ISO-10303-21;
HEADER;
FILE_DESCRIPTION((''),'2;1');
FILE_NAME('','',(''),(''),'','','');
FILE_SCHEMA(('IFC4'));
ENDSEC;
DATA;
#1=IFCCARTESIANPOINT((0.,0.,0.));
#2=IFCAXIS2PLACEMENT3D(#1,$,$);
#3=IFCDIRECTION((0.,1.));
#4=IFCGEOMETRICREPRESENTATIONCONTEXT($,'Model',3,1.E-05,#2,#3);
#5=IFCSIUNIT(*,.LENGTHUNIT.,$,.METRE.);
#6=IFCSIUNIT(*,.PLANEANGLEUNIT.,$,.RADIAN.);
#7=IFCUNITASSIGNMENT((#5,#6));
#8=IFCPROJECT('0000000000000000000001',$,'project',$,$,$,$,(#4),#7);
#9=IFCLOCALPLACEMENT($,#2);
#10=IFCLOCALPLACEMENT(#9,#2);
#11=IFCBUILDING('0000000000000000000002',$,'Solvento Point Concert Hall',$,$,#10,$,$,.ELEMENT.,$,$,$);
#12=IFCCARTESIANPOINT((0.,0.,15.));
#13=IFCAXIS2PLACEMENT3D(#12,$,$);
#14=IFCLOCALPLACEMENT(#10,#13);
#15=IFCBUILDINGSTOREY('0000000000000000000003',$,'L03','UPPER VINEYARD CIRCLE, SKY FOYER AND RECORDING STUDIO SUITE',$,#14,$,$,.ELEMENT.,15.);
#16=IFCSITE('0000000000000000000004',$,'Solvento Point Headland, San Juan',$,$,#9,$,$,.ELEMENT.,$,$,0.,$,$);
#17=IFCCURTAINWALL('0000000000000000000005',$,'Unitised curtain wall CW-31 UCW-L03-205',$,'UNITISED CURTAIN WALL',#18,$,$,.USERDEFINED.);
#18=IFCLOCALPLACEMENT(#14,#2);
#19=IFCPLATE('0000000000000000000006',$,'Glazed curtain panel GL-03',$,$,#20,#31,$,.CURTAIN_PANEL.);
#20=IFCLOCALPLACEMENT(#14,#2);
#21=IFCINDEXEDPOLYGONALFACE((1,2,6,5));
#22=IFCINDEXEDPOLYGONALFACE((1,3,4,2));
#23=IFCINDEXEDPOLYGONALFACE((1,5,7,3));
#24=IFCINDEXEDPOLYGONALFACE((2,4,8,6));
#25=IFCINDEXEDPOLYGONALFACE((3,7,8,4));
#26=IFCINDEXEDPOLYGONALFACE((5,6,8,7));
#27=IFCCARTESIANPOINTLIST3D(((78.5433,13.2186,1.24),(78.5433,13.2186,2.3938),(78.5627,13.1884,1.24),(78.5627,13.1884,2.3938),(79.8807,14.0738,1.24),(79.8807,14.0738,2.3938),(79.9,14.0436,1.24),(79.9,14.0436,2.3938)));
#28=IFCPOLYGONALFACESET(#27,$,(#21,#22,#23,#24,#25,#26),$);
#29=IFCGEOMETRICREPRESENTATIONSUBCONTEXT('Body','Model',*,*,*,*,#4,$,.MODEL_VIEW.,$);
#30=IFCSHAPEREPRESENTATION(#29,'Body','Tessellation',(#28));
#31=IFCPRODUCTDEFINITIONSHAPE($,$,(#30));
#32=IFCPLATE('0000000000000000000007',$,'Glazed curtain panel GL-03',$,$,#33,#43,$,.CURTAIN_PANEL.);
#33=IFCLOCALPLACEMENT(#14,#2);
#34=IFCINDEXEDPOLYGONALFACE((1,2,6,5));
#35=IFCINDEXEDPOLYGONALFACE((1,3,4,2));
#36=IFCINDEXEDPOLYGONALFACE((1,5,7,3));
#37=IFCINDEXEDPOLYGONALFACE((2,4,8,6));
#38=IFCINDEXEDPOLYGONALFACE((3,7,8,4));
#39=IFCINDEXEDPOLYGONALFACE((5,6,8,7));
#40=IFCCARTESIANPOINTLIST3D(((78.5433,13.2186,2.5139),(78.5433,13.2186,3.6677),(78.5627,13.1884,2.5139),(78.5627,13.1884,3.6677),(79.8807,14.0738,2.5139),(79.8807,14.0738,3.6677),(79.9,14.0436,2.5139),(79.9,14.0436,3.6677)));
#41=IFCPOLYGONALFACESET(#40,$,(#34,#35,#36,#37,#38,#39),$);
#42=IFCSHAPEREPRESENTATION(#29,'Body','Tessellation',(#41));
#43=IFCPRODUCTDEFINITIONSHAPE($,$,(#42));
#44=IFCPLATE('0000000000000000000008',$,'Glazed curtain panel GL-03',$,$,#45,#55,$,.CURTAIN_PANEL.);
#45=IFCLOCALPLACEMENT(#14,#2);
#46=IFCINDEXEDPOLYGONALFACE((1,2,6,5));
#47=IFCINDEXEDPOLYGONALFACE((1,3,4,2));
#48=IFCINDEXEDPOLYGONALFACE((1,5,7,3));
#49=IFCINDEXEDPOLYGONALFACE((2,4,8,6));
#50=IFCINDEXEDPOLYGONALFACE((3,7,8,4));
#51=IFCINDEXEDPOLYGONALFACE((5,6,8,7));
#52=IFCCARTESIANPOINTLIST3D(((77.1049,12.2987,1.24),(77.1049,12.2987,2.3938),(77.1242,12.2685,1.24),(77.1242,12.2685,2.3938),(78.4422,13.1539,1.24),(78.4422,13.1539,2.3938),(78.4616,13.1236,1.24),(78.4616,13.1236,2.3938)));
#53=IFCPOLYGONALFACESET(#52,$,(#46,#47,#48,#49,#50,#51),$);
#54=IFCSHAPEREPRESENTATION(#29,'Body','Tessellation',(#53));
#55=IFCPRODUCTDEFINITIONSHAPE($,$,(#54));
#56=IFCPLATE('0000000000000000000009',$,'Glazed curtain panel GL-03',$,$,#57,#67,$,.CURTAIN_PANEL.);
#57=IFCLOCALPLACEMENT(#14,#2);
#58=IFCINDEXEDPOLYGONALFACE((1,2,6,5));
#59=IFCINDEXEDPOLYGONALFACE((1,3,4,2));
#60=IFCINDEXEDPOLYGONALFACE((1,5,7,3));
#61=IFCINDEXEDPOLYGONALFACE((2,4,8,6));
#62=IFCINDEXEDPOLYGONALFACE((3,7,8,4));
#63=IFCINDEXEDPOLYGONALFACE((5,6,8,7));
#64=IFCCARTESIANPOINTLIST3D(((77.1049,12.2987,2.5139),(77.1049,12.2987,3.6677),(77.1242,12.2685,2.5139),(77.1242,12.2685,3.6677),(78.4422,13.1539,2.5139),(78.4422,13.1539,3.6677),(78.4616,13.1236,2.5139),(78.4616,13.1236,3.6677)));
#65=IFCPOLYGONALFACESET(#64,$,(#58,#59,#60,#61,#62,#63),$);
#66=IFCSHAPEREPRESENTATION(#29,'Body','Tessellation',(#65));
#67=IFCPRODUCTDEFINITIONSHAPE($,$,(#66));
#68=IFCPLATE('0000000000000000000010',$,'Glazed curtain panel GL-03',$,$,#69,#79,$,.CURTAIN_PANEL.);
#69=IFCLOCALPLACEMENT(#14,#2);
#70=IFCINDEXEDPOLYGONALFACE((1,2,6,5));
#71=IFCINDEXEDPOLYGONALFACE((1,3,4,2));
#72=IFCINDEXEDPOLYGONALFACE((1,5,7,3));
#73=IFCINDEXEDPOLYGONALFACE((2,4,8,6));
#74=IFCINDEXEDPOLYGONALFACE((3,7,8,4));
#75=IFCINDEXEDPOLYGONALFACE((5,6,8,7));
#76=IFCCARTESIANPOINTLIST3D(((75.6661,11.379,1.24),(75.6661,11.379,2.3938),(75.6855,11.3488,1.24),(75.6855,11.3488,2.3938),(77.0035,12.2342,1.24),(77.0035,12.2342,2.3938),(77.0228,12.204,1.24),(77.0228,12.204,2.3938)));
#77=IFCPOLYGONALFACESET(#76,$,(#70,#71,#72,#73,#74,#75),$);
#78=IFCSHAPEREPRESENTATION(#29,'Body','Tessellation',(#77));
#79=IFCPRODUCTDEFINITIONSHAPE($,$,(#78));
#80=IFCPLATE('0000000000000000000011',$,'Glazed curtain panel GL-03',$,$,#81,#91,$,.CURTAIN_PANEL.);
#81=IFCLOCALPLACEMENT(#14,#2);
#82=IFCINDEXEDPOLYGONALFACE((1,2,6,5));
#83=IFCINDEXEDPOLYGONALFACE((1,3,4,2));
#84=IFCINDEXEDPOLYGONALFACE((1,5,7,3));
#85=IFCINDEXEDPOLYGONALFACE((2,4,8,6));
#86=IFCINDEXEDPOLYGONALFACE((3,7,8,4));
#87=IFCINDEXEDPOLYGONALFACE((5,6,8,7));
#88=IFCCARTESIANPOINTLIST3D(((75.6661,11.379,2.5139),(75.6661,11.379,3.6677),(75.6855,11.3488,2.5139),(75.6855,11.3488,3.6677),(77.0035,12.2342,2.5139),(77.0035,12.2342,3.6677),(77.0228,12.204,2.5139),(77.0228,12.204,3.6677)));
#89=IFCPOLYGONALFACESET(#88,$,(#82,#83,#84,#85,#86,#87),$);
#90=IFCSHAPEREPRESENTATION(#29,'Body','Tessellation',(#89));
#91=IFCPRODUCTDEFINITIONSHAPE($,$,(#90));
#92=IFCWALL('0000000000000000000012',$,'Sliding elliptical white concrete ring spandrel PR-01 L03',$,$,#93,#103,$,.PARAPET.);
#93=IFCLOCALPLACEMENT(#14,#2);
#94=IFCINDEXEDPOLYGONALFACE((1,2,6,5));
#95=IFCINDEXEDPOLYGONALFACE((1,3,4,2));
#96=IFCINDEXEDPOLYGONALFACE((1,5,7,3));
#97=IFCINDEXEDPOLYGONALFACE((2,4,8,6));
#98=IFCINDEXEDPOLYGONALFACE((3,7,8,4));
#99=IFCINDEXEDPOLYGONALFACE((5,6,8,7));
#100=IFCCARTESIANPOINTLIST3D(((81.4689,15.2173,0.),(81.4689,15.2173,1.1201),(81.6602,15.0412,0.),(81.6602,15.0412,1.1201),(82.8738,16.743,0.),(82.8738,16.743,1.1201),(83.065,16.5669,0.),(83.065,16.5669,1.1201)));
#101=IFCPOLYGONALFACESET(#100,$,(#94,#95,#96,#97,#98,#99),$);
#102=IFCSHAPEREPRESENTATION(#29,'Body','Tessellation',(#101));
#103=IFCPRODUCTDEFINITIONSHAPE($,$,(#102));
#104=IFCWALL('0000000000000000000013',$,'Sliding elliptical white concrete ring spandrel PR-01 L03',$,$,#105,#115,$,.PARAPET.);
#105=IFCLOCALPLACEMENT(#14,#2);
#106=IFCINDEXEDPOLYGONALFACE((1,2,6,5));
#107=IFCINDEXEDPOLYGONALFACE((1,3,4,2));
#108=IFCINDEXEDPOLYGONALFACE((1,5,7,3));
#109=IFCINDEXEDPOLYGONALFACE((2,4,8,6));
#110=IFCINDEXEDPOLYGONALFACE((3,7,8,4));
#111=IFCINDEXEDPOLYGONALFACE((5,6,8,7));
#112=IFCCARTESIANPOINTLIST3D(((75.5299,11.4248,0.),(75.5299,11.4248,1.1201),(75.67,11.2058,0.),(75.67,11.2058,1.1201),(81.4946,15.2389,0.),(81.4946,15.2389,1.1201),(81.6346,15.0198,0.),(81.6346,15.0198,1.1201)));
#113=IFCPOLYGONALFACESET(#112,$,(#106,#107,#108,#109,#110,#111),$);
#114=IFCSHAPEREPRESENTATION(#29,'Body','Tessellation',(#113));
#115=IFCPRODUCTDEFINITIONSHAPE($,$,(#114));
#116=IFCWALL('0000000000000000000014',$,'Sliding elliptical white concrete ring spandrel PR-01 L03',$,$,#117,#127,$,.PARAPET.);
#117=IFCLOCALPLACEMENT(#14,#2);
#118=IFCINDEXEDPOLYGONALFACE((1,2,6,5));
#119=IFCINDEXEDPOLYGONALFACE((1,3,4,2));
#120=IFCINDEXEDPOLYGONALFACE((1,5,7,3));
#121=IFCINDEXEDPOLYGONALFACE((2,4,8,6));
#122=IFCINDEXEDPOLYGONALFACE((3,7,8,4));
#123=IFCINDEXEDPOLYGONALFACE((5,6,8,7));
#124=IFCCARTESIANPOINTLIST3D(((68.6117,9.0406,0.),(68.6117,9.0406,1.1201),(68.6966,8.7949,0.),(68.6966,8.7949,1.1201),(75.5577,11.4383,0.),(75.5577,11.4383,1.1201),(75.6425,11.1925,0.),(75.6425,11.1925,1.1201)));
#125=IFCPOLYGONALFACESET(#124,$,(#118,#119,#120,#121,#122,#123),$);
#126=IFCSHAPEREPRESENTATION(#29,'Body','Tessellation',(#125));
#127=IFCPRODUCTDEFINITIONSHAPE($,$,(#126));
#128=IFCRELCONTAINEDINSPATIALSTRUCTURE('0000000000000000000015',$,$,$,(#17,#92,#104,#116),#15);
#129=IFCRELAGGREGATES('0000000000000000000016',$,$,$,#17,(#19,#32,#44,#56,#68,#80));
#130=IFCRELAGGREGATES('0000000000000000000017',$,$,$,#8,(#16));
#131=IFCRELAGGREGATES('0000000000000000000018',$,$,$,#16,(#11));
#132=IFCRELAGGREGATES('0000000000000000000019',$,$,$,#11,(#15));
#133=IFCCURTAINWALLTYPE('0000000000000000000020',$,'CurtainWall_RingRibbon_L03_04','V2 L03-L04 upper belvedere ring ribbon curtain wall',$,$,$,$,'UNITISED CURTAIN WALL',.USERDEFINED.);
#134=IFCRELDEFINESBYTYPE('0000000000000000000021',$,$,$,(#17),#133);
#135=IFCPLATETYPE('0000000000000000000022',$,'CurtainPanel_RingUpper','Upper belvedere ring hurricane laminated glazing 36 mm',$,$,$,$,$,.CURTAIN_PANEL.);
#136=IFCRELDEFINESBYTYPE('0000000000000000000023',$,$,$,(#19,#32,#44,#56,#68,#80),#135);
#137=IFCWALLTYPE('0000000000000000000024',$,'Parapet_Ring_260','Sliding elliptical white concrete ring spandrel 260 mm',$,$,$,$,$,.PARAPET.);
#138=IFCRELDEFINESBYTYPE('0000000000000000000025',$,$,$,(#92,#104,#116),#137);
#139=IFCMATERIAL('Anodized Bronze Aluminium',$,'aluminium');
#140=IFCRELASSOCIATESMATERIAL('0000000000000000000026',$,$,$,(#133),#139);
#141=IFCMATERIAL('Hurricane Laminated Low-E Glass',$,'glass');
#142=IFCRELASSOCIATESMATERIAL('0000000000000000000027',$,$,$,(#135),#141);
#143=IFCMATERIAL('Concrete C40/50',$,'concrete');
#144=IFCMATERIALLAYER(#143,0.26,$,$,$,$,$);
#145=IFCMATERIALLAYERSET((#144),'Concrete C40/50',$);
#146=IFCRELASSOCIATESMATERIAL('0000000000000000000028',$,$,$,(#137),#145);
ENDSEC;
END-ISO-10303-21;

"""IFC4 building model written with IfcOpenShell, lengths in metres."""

from ifc_helpers import new_model, si_unit, direction, frame, frame_2d, origin, origin_2d, place, context, subcontext, project, spatial, rectangle, extrude, material, layer, layer_set, type_object, element, aggregate, save


model = new_model("IFC4")

# Units and contexts
model_context = context("Model", 3, precision=1e-05, world=origin(), true_north=direction((0.0, 1.0)))
body_context = subcontext(model_context, "Body", "Model", "MODEL_VIEW")
ifc_project = project(units=[si_unit("LENGTHUNIT", "METRE"), si_unit("PLANEANGLEUNIT", "RADIAN")], contexts=[model_context])

# Site, building, storey
site_placement = place(None, origin())
site = spatial("IfcSite", under=ifc_project, at=site_placement, Name="Solvento Point Headland, San Juan", CompositionType="ELEMENT", RefElevation=0.0)
building_placement = place(site_placement, origin())
building = spatial("IfcBuilding", under=site, at=building_placement, Name="Solvento Point Concert Hall", CompositionType="ELEMENT")
storey_placement = place(building_placement, frame((0.0, 0.0, 15.0)))
storey = spatial("IfcBuildingStorey", under=building, at=storey_placement, Name="L03", Description="UPPER VINEYARD CIRCLE, SKY FOYER AND RECORDING STUDIO SUITE", CompositionType="ELEMENT", Elevation=15.0)

# Shared definitions
ifc_material_1 = material(Name="Anodized Bronze Aluminium", Category="aluminium")
curtain_wall_type = type_object("IfcCurtainWallType", Name="CurtainWall_RingRibbon_L03_04", Description="V2 L03-L04 upper belvedere ring ribbon curtain wall", ElementType="UNITISED CURTAIN WALL", PredefinedType="USERDEFINED", material=ifc_material_1)

# Curtain wall
curtain_wall_1_placement = place(storey_placement, origin())
curtain_wall_1 = element("IfcCurtainWall", 1, at=curtain_wall_1_placement, inside=storey, type_object=curtain_wall_type, Name="Unitised curtain wall CW-31 UCW-L03-205", ObjectType="UNITISED CURTAIN WALL", PredefinedType="USERDEFINED")

# Plates
ifc_material_2 = material(Name="Hurricane Laminated Low-E Glass", Category="glass")
plate_type = type_object("IfcPlateType", Name="CurtainPanel_RingUpper", Description="Upper belvedere ring hurricane laminated glazing 36 mm", PredefinedType="CURTAIN_PANEL", material=ifc_material_2)
plate_1_placement = place(storey_placement, frame((79.2217, 13.6311, 1.24), z_axis=(0.0, 0.0, 1.0), x_axis=(-0.84249, -0.538712, 0.0)))
plate_1 = element("IfcPlate", 2, at=plate_1_placement, type_object=plate_type, Name="Glazed curtain panel GL-03", PredefinedType="CURTAIN_PANEL", context=body_context, shape_type="SweptSolid", body=[
    extrude(rectangle(XDim=1.5874, YDim=0.0359, at=origin_2d()), origin(), (0.0, 0.0, 1.0), 1.1538),
])
plate_2_placement = place(storey_placement, frame((79.2217, 13.6311, 2.5139), z_axis=(0.0, 0.0, 1.0), x_axis=(-0.84249, -0.538712, 0.0)))
plate_2 = element("IfcPlate", 3, at=plate_2_placement, type_object=plate_type, Name="Glazed curtain panel GL-03", PredefinedType="CURTAIN_PANEL", context=body_context, shape_type="SweptSolid", body=[
    extrude(rectangle(XDim=1.5874, YDim=0.0359, at=origin_2d()), origin(), (0.0, 0.0, 1.0), 1.1538),
])
plate_3_placement = place(storey_placement, frame((77.7832, 12.7112, 1.24), z_axis=(0.0, 0.0, 1.0), x_axis=(-0.84249, -0.538712, 0.0)))
plate_3 = element("IfcPlate", 4, at=plate_3_placement, type_object=plate_type, Name="Glazed curtain panel GL-03", PredefinedType="CURTAIN_PANEL", context=body_context, shape_type="SweptSolid", body=[
    extrude(rectangle(XDim=1.5874, YDim=0.0359, at=origin_2d()), origin(), (0.0, 0.0, 1.0), 1.1538),
])
plate_4_placement = place(storey_placement, frame((77.7832, 12.7112, 2.5139), z_axis=(0.0, 0.0, 1.0), x_axis=(-0.84249, -0.538712, 0.0)))
plate_4 = element("IfcPlate", 5, at=plate_4_placement, type_object=plate_type, Name="Glazed curtain panel GL-03", PredefinedType="CURTAIN_PANEL", context=body_context, shape_type="SweptSolid", body=[
    extrude(rectangle(XDim=1.5874, YDim=0.0359, at=origin_2d()), origin(), (0.0, 0.0, 1.0), 1.1538),
])
plate_5_placement = place(storey_placement, frame((76.3445, 11.7915, 1.24), z_axis=(0.0, 0.0, 1.0), x_axis=(-0.84249, -0.538712, 0.0)))
plate_5 = element("IfcPlate", 6, at=plate_5_placement, type_object=plate_type, Name="Glazed curtain panel GL-03", PredefinedType="CURTAIN_PANEL", context=body_context, shape_type="SweptSolid", body=[
    extrude(rectangle(XDim=1.5874, YDim=0.0359, at=origin_2d()), origin(), (0.0, 0.0, 1.0), 1.1538),
])
plate_6_placement = place(storey_placement, frame((76.3445, 11.7915, 2.5139), z_axis=(0.0, 0.0, 1.0), x_axis=(-0.84249, -0.538712, 0.0)))
plate_6 = element("IfcPlate", 7, at=plate_6_placement, type_object=plate_type, Name="Glazed curtain panel GL-03", PredefinedType="CURTAIN_PANEL", context=body_context, shape_type="SweptSolid", body=[
    extrude(rectangle(XDim=1.5874, YDim=0.0359, at=origin_2d()), origin(), (0.0, 0.0, 1.0), 1.1538),
])
aggregate(curtain_wall_1, [plate_1, plate_2, plate_3, plate_4, plate_5, plate_6])

# Walls
ifc_material_3 = material(Name="Concrete C40/50", Category="concrete")
ifc_layer = layer(ifc_material_3, 0.26)
ifc_layer_set = layer_set([ifc_layer], Name="Concrete C40/50")
wall_type = type_object("IfcWallType", Name="Parapet_Ring_260", Description="Sliding elliptical white concrete ring spandrel 260 mm", PredefinedType="PARAPET", material=ifc_layer_set)
wall_1_placement = place(storey_placement, frame((82.9695, 16.655, 0.0), z_axis=(0.0, 0.0, 1.0), x_axis=(-0.67737, -0.735642, 0.0)))
element("IfcWall", 8, at=wall_1_placement, inside=storey, type_object=wall_type, Name="Sliding elliptical white concrete ring spandrel PR-01 L03", PredefinedType="PARAPET", context=body_context, shape_type="SweptSolid", body=[
    extrude(rectangle(XDim=2.074, YDim=0.26, at=frame_2d((1.0371, 0.0))), origin(), (0.0, 0.0, 1.0), 1.1201),
])
wall_2_placement = place(storey_placement, frame((81.5647, 15.1294, 0.0), z_axis=(0.0, 0.0, 1.0), x_axis=(-0.842488, -0.538715, 0.0)))
element("IfcWall", 9, at=wall_2_placement, inside=storey, type_object=wall_type, Name="Sliding elliptical white concrete ring spandrel PR-01 L03", PredefinedType="PARAPET", context=body_context, shape_type="SweptSolid", body=[
    extrude(rectangle(XDim=7.0798, YDim=0.26, at=frame_2d((3.54, 0.0))), origin(), (0.0, 0.0, 1.0), 1.1201),
])
wall_3_placement = place(storey_placement, frame((75.6001, 11.3154, 0.0), z_axis=(0.0, 0.0, 1.0), x_axis=(-0.945267, -0.326297, 0.0)))
element("IfcWall", 10, at=wall_3_placement, inside=storey, type_object=wall_type, Name="Sliding elliptical white concrete ring spandrel PR-01 L03", PredefinedType="PARAPET", context=body_context, shape_type="SweptSolid", body=[
    extrude(rectangle(XDim=7.3481, YDim=0.26, at=frame_2d((3.6741, 0.0))), origin(), (0.0, 0.0, 1.0), 1.1201),
])

save(model, "model.ifc")
